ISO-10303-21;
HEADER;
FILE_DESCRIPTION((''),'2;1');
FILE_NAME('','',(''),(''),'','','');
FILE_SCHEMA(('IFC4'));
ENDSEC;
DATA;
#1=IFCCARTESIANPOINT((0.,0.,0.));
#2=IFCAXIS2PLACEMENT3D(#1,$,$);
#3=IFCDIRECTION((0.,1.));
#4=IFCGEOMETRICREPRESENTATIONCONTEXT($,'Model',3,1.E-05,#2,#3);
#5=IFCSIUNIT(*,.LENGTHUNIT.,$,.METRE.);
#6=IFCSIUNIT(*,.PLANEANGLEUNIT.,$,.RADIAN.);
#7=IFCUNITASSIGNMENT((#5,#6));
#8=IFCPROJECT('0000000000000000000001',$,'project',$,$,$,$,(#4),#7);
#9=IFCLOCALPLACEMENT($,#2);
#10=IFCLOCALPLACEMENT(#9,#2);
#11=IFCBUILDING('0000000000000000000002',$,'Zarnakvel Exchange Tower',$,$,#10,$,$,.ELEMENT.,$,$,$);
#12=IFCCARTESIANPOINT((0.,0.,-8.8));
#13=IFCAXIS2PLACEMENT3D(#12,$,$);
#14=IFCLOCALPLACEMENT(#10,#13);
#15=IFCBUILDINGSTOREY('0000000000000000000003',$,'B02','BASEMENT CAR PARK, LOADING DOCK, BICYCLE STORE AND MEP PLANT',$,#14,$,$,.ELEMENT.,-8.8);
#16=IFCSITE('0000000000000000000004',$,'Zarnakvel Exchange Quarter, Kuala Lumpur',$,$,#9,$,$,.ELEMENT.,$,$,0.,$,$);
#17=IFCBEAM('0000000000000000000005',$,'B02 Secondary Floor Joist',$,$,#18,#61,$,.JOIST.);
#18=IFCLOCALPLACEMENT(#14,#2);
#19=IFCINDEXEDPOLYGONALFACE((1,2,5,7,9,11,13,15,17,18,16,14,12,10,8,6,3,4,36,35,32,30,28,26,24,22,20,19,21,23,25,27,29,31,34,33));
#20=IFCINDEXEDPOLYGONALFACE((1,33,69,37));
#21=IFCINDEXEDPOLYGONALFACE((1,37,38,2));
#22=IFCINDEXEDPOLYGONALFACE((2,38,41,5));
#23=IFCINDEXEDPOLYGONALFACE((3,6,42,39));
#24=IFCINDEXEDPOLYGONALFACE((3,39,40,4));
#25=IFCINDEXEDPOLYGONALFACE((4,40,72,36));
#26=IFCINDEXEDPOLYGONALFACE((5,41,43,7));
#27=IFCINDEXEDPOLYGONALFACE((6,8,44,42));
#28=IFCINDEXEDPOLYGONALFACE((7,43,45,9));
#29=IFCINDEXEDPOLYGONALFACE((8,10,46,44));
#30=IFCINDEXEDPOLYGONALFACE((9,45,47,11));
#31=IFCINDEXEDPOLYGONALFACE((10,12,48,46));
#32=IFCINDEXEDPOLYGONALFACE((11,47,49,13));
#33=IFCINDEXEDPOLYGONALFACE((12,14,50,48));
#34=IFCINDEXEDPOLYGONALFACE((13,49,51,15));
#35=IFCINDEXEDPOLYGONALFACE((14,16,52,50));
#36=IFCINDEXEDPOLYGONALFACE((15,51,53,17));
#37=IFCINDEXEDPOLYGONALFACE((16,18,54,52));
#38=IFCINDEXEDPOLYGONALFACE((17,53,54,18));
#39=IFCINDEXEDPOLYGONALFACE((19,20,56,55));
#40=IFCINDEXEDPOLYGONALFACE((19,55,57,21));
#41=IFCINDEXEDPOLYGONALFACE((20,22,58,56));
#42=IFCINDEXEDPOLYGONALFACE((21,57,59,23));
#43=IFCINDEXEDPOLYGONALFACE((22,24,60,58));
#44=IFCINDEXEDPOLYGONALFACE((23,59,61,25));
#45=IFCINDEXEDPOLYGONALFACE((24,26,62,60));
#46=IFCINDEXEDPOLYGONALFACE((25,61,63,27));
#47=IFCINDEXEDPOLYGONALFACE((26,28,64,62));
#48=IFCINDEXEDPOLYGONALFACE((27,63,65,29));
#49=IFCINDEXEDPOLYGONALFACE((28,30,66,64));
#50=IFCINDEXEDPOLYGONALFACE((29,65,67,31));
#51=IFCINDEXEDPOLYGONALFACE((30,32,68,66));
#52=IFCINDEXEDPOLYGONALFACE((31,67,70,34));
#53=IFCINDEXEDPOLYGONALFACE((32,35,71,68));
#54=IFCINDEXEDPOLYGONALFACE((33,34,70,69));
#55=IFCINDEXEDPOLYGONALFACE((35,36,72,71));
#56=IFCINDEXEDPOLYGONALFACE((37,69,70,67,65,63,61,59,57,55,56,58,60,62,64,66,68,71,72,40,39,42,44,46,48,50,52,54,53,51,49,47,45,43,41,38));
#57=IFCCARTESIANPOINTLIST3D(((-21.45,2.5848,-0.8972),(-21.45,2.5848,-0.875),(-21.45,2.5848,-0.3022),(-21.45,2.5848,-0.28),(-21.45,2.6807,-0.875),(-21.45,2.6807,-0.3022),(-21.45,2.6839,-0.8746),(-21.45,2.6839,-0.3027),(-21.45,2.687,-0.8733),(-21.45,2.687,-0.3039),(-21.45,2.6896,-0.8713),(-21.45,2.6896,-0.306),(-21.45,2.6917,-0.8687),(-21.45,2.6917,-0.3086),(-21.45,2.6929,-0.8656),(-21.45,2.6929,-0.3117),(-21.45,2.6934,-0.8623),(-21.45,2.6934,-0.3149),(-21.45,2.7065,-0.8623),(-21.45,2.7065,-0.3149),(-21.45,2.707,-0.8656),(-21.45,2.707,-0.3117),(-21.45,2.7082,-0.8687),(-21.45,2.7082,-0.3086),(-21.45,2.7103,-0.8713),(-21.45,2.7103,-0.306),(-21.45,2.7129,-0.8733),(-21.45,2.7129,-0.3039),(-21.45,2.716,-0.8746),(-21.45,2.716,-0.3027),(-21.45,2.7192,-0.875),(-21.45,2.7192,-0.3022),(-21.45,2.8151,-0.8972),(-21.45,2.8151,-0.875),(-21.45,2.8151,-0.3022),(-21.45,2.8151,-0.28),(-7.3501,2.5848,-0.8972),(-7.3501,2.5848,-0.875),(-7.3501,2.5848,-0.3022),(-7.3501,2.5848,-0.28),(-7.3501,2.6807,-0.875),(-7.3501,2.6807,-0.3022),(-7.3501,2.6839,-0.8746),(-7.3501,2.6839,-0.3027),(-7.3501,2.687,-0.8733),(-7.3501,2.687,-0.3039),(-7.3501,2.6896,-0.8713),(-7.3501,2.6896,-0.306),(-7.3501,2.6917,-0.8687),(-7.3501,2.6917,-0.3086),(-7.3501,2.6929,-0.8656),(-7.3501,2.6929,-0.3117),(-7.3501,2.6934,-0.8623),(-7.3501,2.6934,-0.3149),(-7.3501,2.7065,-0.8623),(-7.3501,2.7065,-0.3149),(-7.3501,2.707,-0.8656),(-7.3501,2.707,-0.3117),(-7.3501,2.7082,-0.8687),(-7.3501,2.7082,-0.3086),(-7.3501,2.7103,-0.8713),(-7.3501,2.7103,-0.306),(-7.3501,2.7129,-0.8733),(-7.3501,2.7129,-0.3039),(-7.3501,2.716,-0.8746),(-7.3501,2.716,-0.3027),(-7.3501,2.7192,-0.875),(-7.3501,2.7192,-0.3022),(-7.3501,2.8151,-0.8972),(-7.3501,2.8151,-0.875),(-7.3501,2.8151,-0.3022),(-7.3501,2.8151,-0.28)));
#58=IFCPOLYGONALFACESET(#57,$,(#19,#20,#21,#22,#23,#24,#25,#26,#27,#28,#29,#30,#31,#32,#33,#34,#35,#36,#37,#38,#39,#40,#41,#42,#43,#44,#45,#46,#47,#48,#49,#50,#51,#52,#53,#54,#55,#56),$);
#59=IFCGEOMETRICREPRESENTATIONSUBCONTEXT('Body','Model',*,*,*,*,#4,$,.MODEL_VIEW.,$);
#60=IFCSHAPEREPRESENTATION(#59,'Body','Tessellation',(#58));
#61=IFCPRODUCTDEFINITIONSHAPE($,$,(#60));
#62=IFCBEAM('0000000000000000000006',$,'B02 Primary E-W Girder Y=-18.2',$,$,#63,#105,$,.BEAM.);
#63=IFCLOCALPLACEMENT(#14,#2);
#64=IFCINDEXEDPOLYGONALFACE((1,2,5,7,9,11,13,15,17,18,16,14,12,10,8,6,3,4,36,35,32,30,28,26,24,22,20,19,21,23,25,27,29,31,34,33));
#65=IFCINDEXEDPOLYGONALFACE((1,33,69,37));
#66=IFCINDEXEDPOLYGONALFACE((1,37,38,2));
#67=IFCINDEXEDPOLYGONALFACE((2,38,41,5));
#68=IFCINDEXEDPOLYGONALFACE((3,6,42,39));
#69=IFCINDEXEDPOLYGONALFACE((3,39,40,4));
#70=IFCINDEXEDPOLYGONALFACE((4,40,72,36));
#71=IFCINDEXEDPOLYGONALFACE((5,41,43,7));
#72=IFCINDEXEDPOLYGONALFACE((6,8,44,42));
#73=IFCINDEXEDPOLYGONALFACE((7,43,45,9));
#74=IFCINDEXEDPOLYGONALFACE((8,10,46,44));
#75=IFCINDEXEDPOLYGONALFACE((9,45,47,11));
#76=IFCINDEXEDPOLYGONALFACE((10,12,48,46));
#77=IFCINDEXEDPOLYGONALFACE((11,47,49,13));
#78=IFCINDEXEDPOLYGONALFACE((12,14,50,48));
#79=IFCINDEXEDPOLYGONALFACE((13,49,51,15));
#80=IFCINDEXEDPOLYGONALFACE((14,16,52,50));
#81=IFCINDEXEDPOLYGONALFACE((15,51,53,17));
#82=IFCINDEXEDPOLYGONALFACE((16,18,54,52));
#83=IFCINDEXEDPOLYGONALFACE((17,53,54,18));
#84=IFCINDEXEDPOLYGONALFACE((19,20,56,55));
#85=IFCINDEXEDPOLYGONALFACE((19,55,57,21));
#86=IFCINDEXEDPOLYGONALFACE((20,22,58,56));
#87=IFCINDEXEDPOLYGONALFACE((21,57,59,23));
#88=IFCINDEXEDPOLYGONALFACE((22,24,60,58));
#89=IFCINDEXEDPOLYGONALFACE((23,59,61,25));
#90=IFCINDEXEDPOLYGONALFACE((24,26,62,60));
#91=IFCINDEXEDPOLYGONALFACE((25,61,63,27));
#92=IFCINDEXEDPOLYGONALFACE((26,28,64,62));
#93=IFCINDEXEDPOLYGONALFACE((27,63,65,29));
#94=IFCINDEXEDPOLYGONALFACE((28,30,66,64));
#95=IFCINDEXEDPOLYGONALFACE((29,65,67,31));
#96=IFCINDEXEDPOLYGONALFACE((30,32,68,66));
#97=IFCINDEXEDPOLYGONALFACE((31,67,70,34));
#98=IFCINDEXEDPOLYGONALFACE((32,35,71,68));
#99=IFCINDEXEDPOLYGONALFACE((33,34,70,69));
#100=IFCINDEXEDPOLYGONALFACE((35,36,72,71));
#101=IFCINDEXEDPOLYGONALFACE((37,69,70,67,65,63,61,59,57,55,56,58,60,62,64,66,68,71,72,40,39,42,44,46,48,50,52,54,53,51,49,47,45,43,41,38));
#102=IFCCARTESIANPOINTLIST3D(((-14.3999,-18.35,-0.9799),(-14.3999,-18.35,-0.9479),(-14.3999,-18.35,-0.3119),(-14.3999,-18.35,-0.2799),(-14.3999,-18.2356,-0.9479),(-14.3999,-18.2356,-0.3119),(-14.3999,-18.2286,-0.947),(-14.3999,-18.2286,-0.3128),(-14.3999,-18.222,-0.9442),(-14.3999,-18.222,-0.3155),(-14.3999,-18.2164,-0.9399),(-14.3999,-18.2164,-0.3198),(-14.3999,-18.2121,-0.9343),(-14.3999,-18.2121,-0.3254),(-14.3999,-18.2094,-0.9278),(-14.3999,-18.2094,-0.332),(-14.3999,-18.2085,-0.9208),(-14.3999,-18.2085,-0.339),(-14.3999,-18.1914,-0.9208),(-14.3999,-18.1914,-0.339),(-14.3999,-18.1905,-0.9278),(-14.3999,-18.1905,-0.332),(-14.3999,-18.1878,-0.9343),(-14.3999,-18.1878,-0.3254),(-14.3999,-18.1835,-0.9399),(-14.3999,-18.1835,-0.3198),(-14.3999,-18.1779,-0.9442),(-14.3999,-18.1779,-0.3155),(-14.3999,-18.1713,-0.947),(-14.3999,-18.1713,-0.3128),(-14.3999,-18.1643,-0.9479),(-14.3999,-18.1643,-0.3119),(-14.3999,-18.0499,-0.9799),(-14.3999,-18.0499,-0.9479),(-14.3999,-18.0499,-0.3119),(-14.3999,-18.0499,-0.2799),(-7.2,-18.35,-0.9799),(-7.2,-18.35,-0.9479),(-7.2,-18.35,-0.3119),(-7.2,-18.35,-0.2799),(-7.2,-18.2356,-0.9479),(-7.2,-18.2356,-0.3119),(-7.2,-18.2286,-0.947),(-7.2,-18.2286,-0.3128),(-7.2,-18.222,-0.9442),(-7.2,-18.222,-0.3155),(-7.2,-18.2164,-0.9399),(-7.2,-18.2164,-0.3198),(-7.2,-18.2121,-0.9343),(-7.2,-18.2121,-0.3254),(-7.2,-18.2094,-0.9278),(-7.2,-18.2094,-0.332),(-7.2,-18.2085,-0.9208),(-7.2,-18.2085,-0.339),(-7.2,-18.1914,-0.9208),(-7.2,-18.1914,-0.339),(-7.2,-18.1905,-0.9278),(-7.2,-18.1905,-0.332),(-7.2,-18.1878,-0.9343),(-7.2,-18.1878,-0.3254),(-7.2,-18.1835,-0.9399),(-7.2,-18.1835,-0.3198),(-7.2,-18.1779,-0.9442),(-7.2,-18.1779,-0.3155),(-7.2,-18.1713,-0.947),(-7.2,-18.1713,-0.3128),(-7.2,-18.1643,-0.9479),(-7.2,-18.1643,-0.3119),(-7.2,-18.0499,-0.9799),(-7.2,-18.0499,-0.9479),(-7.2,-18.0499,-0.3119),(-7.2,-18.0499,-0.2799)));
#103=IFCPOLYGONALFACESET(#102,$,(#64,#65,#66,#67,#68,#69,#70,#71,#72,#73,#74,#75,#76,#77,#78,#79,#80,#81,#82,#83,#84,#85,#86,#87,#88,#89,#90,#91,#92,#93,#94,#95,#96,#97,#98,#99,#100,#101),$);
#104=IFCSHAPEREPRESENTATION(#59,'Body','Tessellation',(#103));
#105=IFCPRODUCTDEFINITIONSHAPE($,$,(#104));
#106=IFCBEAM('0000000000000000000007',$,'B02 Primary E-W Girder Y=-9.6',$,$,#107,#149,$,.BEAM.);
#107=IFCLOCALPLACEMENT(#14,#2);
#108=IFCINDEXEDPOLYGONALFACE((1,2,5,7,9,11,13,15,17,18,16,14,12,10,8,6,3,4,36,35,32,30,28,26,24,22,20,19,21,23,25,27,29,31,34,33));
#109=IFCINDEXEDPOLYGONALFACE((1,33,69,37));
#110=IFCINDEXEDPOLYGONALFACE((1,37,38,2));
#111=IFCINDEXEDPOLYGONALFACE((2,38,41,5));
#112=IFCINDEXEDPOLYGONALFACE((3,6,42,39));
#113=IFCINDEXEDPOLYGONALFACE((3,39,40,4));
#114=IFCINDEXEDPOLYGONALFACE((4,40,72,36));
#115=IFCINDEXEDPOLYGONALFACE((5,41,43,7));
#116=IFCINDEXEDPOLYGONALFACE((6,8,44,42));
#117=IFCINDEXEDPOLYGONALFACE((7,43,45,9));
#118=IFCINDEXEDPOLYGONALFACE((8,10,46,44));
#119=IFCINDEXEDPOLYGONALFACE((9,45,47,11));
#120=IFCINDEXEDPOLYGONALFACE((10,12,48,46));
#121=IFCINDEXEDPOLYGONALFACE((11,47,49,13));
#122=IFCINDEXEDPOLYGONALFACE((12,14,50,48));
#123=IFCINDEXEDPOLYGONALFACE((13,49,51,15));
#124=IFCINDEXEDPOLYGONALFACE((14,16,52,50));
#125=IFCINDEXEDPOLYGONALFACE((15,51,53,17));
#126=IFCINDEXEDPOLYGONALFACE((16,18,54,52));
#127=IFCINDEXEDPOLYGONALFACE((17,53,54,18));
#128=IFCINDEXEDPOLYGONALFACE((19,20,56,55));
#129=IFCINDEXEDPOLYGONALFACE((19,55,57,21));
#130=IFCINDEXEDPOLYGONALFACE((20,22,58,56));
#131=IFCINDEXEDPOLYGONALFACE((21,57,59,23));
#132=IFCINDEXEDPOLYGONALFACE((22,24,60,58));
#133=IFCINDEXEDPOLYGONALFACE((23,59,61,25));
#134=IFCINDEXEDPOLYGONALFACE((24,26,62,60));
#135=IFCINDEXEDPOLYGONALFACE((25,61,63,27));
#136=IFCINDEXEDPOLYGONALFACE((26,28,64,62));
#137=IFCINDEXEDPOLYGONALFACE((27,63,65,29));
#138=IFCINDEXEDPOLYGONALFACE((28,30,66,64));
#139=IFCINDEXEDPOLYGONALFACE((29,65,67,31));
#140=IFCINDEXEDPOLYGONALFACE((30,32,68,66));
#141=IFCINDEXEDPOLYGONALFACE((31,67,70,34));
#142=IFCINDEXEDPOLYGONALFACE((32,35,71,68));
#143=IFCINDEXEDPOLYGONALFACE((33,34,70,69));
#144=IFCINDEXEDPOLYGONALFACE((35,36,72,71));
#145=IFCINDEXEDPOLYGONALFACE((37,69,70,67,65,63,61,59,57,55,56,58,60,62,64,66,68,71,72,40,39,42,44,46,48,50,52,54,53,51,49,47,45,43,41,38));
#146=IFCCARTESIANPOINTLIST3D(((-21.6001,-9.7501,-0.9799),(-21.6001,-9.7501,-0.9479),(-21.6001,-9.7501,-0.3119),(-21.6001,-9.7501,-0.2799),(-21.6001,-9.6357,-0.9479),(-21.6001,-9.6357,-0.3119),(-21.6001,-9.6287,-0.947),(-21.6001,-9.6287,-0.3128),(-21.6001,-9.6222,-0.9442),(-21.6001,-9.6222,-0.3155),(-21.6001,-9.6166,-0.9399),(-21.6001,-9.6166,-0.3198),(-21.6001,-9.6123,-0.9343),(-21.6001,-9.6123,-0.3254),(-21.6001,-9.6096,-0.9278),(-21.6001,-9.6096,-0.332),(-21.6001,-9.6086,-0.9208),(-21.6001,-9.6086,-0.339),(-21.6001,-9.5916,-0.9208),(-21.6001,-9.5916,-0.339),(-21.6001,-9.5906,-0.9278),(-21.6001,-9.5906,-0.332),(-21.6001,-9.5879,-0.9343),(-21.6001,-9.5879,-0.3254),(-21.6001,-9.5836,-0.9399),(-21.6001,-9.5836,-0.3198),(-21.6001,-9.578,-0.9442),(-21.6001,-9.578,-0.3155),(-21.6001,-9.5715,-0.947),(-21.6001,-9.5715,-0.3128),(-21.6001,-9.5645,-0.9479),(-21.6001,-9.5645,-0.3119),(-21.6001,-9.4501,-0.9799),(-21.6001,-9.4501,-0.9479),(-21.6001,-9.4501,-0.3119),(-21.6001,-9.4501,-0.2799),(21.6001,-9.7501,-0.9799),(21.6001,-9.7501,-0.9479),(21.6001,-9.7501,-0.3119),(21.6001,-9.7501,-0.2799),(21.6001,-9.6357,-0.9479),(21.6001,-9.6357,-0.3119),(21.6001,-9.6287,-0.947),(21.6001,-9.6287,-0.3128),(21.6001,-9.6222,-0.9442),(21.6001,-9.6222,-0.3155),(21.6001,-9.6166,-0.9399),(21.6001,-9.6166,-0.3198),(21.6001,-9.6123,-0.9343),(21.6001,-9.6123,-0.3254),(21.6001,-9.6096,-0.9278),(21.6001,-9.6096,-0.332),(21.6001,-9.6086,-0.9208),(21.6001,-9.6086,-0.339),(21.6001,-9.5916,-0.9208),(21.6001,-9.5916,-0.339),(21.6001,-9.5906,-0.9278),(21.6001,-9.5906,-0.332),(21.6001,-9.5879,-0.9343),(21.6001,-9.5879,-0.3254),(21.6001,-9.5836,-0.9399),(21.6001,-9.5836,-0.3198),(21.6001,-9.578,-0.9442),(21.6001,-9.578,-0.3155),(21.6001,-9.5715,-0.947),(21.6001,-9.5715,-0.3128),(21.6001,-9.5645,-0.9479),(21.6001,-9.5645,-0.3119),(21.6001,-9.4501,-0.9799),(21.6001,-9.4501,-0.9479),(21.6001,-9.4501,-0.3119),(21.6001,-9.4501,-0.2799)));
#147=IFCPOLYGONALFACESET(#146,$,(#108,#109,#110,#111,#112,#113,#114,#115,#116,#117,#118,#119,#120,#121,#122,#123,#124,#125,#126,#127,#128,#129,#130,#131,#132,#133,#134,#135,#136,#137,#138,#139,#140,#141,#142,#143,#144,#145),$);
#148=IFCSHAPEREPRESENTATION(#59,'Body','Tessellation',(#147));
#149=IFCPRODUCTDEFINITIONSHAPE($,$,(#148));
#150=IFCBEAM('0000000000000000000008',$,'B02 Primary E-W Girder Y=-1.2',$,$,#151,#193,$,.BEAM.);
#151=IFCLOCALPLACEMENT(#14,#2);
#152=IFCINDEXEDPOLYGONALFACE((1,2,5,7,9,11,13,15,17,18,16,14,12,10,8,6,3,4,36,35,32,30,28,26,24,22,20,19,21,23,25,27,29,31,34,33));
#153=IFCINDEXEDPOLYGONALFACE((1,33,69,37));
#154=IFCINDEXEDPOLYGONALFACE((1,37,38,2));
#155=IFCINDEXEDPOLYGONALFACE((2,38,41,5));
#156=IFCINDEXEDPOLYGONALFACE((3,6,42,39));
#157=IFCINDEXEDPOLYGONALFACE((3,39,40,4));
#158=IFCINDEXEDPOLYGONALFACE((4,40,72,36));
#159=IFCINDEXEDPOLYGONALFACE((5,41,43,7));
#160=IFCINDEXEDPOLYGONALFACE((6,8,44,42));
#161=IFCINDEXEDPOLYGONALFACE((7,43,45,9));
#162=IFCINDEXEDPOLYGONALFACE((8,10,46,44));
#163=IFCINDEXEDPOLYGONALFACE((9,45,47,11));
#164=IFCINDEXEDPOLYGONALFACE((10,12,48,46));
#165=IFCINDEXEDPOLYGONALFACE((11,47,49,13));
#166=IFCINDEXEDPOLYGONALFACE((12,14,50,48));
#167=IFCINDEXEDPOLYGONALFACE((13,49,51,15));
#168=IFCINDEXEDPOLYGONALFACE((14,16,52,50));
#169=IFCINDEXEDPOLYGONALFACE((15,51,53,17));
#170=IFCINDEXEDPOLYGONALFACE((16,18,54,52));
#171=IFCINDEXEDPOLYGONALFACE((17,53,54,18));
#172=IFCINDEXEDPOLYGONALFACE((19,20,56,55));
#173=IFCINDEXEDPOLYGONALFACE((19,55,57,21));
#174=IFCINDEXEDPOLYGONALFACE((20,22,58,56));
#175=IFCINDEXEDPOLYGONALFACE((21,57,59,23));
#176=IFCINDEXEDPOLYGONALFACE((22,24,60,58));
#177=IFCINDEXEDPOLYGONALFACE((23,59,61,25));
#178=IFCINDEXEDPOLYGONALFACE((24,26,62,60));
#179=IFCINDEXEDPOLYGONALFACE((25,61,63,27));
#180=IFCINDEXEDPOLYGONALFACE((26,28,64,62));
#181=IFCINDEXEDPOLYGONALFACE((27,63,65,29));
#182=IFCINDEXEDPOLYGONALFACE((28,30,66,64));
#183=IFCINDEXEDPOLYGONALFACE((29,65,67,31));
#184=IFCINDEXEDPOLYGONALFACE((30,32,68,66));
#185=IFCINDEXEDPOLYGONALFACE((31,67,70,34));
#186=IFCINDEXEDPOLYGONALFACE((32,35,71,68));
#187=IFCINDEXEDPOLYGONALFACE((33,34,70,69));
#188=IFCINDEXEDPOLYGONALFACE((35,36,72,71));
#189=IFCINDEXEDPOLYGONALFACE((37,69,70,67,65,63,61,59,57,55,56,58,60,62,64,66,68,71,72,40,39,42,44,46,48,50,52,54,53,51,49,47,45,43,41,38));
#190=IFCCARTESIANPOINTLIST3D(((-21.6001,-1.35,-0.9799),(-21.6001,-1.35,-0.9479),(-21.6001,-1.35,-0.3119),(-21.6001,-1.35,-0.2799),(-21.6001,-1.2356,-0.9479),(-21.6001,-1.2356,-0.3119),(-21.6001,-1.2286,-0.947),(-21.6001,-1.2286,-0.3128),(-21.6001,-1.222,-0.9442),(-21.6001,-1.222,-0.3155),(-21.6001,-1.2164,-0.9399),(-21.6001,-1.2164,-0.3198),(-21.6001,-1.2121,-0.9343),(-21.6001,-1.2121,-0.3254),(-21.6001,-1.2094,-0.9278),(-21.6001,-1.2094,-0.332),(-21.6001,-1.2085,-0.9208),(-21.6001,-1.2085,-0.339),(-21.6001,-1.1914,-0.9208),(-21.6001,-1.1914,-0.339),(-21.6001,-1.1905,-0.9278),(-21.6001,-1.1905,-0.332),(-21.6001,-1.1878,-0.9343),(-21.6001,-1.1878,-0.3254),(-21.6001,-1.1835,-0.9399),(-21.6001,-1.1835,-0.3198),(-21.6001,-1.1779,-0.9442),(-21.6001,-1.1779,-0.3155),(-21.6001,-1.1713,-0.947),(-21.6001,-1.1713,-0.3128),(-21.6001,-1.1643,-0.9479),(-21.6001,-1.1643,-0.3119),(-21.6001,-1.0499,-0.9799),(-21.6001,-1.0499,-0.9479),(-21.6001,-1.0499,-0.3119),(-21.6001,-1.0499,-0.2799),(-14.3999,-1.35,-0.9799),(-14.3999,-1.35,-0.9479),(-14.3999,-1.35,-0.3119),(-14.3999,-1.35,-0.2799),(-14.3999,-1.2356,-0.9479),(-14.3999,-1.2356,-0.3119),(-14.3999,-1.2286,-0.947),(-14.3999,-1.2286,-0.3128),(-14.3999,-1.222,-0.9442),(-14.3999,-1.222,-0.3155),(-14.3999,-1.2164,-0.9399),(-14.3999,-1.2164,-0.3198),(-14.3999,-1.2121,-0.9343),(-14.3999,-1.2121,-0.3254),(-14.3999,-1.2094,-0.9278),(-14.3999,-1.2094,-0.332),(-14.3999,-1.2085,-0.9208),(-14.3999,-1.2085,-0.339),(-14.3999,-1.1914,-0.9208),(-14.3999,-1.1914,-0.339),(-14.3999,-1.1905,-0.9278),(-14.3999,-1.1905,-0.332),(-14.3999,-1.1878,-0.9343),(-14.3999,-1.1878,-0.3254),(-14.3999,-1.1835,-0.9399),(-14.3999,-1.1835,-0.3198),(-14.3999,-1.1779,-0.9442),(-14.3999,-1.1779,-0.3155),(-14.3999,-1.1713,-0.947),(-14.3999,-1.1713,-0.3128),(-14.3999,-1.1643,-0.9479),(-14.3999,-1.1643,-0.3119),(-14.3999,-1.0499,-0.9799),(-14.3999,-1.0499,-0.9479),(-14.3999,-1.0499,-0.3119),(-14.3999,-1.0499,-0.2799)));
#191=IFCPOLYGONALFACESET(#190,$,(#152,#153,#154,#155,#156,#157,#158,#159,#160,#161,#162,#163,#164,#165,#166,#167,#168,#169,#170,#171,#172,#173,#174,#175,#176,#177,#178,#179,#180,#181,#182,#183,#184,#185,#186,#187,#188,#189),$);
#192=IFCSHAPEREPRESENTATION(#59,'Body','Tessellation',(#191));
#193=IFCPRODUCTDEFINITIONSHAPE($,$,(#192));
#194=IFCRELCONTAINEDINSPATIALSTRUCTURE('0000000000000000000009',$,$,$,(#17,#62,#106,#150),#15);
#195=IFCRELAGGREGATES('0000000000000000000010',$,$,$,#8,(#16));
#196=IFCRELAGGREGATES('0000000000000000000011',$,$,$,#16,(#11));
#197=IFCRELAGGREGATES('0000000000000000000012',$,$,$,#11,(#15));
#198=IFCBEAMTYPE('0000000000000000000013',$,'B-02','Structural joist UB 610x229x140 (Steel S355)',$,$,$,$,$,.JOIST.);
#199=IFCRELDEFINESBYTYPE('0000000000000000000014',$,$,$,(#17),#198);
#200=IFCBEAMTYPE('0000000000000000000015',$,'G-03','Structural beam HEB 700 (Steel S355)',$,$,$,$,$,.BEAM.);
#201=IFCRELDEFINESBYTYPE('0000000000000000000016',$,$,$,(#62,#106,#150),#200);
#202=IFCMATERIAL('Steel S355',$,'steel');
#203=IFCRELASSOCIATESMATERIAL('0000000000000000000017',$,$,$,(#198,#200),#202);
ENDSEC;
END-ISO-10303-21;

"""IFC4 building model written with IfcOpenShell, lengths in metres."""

from ifc_helpers import new_model, si_unit, direction, frame, origin, origin_2d, place, context, subcontext, project, spatial, i_section, extrude, material, material_profile, profile_set, type_object, element, save


model = new_model("IFC4")

# Units and contexts
model_context = context("Model", 3, precision=1e-05, world=origin(), true_north=direction((0.0, 1.0)))
body_context = subcontext(model_context, "Body", "Model", "MODEL_VIEW")
ifc_project = project(units=[si_unit("LENGTHUNIT", "METRE"), si_unit("PLANEANGLEUNIT", "RADIAN")], contexts=[model_context])

# Site, building, storey
site_placement = place(None, origin())
site = spatial("IfcSite", under=ifc_project, at=site_placement, Name="Zarnakvel Exchange Quarter, Kuala Lumpur", CompositionType="ELEMENT", RefElevation=0.0)
building_placement = place(site_placement, origin())
building = spatial("IfcBuilding", under=site, at=building_placement, Name="Zarnakvel Exchange Tower", CompositionType="ELEMENT")
storey_placement = place(building_placement, frame((0.0, 0.0, -8.8)))
storey = spatial("IfcBuildingStorey", under=building, at=storey_placement, Name="B02", Description="BASEMENT CAR PARK, LOADING DOCK, BICYCLE STORE AND MEP PLANT", CompositionType="ELEMENT", Elevation=-8.8)

# Beams
ifc_material_1 = material(Name="Steel S355", Category="steel")
ifc_material_profile_1 = material_profile(ifc_material_1, i_section(OverallWidth=0.2302, OverallDepth=0.6172, WebThickness=0.0132, FlangeThickness=0.0222, FilletRadius=0.0127, at=origin_2d()))
ifc_profile_set_1 = profile_set([ifc_material_profile_1], Name="Steel S355")
beam_type_1 = type_object("IfcBeamType", Name="B-02", Description="Structural joist UB 610x229x140 (Steel S355)", PredefinedType="JOIST", material=ifc_profile_set_1)
for number, where, z_axis, x_axis, name in (
    (1, (-21.45, 2.7, -0.5886), (1.0, 0.0, 0.0), (0.0, 1.0, 0.0), "B02 Secondary Floor Joist"),
):
    element("IfcBeam", number, at=place(storey_placement, frame(where, z_axis=z_axis, x_axis=x_axis)), inside=storey, type_object=beam_type_1, Name=name, PredefinedType="JOIST", context=body_context, shape_type="SweptSolid", body=[
        extrude(i_section(OverallWidth=0.2302, OverallDepth=0.6172, WebThickness=0.0132, FlangeThickness=0.0222, FilletRadius=0.0127, at=origin_2d()), origin(), (0.0, 0.0, 1.0), 14.0999),
    ])
ifc_material_profile_2 = material_profile(ifc_material_1, i_section(OverallWidth=0.3, OverallDepth=0.7, WebThickness=0.0171, FlangeThickness=0.032, FilletRadius=0.0271, at=origin_2d()))
ifc_profile_set_2 = profile_set([ifc_material_profile_2], Name="Steel S355")
beam_type_2 = type_object("IfcBeamType", Name="G-03", Description="Structural beam HEB 700 (Steel S355)", PredefinedType="BEAM", material=ifc_profile_set_2)
beam_1_placement = place(storey_placement, frame((-14.3999, -18.2, -0.6299), z_axis=(1.0, 0.0, 0.0), x_axis=(0.0, 1.0, 0.0)))
element("IfcBeam", 2, at=beam_1_placement, inside=storey, type_object=beam_type_2, Name="B02 Primary E-W Girder Y=-18.2", PredefinedType="BEAM", context=body_context, shape_type="SweptSolid", body=[
    extrude(i_section(OverallWidth=0.3, OverallDepth=0.7, WebThickness=0.0171, FlangeThickness=0.032, FilletRadius=0.0271, at=origin_2d()), origin(), (0.0, 0.0, 1.0), 7.2),
])
beam_2_placement = place(storey_placement, frame((-21.6001, -9.6001, -0.6299), z_axis=(1.0, 0.0, 0.0), x_axis=(0.0, 1.0, 0.0)))
element("IfcBeam", 3, at=beam_2_placement, inside=storey, type_object=beam_type_2, Name="B02 Primary E-W Girder Y=-9.6", PredefinedType="BEAM", context=body_context, shape_type="SweptSolid", body=[
    extrude(i_section(OverallWidth=0.3, OverallDepth=0.7, WebThickness=0.0171, FlangeThickness=0.032, FilletRadius=0.0271, at=origin_2d()), origin(), (0.0, 0.0, 1.0), 43.2002),
])
beam_3_placement = place(storey_placement, frame((-21.6001, -1.2, -0.6299), z_axis=(1.0, 0.0, 0.0), x_axis=(0.0, 1.0, 0.0)))
element("IfcBeam", 4, at=beam_3_placement, inside=storey, type_object=beam_type_2, Name="B02 Primary E-W Girder Y=-1.2", PredefinedType="BEAM", context=body_context, shape_type="SweptSolid", body=[
    extrude(i_section(OverallWidth=0.3, OverallDepth=0.7, WebThickness=0.0171, FlangeThickness=0.032, FilletRadius=0.0271, at=origin_2d()), origin(), (0.0, 0.0, 1.0), 7.2002),
])

save(model, "model.ifc")
